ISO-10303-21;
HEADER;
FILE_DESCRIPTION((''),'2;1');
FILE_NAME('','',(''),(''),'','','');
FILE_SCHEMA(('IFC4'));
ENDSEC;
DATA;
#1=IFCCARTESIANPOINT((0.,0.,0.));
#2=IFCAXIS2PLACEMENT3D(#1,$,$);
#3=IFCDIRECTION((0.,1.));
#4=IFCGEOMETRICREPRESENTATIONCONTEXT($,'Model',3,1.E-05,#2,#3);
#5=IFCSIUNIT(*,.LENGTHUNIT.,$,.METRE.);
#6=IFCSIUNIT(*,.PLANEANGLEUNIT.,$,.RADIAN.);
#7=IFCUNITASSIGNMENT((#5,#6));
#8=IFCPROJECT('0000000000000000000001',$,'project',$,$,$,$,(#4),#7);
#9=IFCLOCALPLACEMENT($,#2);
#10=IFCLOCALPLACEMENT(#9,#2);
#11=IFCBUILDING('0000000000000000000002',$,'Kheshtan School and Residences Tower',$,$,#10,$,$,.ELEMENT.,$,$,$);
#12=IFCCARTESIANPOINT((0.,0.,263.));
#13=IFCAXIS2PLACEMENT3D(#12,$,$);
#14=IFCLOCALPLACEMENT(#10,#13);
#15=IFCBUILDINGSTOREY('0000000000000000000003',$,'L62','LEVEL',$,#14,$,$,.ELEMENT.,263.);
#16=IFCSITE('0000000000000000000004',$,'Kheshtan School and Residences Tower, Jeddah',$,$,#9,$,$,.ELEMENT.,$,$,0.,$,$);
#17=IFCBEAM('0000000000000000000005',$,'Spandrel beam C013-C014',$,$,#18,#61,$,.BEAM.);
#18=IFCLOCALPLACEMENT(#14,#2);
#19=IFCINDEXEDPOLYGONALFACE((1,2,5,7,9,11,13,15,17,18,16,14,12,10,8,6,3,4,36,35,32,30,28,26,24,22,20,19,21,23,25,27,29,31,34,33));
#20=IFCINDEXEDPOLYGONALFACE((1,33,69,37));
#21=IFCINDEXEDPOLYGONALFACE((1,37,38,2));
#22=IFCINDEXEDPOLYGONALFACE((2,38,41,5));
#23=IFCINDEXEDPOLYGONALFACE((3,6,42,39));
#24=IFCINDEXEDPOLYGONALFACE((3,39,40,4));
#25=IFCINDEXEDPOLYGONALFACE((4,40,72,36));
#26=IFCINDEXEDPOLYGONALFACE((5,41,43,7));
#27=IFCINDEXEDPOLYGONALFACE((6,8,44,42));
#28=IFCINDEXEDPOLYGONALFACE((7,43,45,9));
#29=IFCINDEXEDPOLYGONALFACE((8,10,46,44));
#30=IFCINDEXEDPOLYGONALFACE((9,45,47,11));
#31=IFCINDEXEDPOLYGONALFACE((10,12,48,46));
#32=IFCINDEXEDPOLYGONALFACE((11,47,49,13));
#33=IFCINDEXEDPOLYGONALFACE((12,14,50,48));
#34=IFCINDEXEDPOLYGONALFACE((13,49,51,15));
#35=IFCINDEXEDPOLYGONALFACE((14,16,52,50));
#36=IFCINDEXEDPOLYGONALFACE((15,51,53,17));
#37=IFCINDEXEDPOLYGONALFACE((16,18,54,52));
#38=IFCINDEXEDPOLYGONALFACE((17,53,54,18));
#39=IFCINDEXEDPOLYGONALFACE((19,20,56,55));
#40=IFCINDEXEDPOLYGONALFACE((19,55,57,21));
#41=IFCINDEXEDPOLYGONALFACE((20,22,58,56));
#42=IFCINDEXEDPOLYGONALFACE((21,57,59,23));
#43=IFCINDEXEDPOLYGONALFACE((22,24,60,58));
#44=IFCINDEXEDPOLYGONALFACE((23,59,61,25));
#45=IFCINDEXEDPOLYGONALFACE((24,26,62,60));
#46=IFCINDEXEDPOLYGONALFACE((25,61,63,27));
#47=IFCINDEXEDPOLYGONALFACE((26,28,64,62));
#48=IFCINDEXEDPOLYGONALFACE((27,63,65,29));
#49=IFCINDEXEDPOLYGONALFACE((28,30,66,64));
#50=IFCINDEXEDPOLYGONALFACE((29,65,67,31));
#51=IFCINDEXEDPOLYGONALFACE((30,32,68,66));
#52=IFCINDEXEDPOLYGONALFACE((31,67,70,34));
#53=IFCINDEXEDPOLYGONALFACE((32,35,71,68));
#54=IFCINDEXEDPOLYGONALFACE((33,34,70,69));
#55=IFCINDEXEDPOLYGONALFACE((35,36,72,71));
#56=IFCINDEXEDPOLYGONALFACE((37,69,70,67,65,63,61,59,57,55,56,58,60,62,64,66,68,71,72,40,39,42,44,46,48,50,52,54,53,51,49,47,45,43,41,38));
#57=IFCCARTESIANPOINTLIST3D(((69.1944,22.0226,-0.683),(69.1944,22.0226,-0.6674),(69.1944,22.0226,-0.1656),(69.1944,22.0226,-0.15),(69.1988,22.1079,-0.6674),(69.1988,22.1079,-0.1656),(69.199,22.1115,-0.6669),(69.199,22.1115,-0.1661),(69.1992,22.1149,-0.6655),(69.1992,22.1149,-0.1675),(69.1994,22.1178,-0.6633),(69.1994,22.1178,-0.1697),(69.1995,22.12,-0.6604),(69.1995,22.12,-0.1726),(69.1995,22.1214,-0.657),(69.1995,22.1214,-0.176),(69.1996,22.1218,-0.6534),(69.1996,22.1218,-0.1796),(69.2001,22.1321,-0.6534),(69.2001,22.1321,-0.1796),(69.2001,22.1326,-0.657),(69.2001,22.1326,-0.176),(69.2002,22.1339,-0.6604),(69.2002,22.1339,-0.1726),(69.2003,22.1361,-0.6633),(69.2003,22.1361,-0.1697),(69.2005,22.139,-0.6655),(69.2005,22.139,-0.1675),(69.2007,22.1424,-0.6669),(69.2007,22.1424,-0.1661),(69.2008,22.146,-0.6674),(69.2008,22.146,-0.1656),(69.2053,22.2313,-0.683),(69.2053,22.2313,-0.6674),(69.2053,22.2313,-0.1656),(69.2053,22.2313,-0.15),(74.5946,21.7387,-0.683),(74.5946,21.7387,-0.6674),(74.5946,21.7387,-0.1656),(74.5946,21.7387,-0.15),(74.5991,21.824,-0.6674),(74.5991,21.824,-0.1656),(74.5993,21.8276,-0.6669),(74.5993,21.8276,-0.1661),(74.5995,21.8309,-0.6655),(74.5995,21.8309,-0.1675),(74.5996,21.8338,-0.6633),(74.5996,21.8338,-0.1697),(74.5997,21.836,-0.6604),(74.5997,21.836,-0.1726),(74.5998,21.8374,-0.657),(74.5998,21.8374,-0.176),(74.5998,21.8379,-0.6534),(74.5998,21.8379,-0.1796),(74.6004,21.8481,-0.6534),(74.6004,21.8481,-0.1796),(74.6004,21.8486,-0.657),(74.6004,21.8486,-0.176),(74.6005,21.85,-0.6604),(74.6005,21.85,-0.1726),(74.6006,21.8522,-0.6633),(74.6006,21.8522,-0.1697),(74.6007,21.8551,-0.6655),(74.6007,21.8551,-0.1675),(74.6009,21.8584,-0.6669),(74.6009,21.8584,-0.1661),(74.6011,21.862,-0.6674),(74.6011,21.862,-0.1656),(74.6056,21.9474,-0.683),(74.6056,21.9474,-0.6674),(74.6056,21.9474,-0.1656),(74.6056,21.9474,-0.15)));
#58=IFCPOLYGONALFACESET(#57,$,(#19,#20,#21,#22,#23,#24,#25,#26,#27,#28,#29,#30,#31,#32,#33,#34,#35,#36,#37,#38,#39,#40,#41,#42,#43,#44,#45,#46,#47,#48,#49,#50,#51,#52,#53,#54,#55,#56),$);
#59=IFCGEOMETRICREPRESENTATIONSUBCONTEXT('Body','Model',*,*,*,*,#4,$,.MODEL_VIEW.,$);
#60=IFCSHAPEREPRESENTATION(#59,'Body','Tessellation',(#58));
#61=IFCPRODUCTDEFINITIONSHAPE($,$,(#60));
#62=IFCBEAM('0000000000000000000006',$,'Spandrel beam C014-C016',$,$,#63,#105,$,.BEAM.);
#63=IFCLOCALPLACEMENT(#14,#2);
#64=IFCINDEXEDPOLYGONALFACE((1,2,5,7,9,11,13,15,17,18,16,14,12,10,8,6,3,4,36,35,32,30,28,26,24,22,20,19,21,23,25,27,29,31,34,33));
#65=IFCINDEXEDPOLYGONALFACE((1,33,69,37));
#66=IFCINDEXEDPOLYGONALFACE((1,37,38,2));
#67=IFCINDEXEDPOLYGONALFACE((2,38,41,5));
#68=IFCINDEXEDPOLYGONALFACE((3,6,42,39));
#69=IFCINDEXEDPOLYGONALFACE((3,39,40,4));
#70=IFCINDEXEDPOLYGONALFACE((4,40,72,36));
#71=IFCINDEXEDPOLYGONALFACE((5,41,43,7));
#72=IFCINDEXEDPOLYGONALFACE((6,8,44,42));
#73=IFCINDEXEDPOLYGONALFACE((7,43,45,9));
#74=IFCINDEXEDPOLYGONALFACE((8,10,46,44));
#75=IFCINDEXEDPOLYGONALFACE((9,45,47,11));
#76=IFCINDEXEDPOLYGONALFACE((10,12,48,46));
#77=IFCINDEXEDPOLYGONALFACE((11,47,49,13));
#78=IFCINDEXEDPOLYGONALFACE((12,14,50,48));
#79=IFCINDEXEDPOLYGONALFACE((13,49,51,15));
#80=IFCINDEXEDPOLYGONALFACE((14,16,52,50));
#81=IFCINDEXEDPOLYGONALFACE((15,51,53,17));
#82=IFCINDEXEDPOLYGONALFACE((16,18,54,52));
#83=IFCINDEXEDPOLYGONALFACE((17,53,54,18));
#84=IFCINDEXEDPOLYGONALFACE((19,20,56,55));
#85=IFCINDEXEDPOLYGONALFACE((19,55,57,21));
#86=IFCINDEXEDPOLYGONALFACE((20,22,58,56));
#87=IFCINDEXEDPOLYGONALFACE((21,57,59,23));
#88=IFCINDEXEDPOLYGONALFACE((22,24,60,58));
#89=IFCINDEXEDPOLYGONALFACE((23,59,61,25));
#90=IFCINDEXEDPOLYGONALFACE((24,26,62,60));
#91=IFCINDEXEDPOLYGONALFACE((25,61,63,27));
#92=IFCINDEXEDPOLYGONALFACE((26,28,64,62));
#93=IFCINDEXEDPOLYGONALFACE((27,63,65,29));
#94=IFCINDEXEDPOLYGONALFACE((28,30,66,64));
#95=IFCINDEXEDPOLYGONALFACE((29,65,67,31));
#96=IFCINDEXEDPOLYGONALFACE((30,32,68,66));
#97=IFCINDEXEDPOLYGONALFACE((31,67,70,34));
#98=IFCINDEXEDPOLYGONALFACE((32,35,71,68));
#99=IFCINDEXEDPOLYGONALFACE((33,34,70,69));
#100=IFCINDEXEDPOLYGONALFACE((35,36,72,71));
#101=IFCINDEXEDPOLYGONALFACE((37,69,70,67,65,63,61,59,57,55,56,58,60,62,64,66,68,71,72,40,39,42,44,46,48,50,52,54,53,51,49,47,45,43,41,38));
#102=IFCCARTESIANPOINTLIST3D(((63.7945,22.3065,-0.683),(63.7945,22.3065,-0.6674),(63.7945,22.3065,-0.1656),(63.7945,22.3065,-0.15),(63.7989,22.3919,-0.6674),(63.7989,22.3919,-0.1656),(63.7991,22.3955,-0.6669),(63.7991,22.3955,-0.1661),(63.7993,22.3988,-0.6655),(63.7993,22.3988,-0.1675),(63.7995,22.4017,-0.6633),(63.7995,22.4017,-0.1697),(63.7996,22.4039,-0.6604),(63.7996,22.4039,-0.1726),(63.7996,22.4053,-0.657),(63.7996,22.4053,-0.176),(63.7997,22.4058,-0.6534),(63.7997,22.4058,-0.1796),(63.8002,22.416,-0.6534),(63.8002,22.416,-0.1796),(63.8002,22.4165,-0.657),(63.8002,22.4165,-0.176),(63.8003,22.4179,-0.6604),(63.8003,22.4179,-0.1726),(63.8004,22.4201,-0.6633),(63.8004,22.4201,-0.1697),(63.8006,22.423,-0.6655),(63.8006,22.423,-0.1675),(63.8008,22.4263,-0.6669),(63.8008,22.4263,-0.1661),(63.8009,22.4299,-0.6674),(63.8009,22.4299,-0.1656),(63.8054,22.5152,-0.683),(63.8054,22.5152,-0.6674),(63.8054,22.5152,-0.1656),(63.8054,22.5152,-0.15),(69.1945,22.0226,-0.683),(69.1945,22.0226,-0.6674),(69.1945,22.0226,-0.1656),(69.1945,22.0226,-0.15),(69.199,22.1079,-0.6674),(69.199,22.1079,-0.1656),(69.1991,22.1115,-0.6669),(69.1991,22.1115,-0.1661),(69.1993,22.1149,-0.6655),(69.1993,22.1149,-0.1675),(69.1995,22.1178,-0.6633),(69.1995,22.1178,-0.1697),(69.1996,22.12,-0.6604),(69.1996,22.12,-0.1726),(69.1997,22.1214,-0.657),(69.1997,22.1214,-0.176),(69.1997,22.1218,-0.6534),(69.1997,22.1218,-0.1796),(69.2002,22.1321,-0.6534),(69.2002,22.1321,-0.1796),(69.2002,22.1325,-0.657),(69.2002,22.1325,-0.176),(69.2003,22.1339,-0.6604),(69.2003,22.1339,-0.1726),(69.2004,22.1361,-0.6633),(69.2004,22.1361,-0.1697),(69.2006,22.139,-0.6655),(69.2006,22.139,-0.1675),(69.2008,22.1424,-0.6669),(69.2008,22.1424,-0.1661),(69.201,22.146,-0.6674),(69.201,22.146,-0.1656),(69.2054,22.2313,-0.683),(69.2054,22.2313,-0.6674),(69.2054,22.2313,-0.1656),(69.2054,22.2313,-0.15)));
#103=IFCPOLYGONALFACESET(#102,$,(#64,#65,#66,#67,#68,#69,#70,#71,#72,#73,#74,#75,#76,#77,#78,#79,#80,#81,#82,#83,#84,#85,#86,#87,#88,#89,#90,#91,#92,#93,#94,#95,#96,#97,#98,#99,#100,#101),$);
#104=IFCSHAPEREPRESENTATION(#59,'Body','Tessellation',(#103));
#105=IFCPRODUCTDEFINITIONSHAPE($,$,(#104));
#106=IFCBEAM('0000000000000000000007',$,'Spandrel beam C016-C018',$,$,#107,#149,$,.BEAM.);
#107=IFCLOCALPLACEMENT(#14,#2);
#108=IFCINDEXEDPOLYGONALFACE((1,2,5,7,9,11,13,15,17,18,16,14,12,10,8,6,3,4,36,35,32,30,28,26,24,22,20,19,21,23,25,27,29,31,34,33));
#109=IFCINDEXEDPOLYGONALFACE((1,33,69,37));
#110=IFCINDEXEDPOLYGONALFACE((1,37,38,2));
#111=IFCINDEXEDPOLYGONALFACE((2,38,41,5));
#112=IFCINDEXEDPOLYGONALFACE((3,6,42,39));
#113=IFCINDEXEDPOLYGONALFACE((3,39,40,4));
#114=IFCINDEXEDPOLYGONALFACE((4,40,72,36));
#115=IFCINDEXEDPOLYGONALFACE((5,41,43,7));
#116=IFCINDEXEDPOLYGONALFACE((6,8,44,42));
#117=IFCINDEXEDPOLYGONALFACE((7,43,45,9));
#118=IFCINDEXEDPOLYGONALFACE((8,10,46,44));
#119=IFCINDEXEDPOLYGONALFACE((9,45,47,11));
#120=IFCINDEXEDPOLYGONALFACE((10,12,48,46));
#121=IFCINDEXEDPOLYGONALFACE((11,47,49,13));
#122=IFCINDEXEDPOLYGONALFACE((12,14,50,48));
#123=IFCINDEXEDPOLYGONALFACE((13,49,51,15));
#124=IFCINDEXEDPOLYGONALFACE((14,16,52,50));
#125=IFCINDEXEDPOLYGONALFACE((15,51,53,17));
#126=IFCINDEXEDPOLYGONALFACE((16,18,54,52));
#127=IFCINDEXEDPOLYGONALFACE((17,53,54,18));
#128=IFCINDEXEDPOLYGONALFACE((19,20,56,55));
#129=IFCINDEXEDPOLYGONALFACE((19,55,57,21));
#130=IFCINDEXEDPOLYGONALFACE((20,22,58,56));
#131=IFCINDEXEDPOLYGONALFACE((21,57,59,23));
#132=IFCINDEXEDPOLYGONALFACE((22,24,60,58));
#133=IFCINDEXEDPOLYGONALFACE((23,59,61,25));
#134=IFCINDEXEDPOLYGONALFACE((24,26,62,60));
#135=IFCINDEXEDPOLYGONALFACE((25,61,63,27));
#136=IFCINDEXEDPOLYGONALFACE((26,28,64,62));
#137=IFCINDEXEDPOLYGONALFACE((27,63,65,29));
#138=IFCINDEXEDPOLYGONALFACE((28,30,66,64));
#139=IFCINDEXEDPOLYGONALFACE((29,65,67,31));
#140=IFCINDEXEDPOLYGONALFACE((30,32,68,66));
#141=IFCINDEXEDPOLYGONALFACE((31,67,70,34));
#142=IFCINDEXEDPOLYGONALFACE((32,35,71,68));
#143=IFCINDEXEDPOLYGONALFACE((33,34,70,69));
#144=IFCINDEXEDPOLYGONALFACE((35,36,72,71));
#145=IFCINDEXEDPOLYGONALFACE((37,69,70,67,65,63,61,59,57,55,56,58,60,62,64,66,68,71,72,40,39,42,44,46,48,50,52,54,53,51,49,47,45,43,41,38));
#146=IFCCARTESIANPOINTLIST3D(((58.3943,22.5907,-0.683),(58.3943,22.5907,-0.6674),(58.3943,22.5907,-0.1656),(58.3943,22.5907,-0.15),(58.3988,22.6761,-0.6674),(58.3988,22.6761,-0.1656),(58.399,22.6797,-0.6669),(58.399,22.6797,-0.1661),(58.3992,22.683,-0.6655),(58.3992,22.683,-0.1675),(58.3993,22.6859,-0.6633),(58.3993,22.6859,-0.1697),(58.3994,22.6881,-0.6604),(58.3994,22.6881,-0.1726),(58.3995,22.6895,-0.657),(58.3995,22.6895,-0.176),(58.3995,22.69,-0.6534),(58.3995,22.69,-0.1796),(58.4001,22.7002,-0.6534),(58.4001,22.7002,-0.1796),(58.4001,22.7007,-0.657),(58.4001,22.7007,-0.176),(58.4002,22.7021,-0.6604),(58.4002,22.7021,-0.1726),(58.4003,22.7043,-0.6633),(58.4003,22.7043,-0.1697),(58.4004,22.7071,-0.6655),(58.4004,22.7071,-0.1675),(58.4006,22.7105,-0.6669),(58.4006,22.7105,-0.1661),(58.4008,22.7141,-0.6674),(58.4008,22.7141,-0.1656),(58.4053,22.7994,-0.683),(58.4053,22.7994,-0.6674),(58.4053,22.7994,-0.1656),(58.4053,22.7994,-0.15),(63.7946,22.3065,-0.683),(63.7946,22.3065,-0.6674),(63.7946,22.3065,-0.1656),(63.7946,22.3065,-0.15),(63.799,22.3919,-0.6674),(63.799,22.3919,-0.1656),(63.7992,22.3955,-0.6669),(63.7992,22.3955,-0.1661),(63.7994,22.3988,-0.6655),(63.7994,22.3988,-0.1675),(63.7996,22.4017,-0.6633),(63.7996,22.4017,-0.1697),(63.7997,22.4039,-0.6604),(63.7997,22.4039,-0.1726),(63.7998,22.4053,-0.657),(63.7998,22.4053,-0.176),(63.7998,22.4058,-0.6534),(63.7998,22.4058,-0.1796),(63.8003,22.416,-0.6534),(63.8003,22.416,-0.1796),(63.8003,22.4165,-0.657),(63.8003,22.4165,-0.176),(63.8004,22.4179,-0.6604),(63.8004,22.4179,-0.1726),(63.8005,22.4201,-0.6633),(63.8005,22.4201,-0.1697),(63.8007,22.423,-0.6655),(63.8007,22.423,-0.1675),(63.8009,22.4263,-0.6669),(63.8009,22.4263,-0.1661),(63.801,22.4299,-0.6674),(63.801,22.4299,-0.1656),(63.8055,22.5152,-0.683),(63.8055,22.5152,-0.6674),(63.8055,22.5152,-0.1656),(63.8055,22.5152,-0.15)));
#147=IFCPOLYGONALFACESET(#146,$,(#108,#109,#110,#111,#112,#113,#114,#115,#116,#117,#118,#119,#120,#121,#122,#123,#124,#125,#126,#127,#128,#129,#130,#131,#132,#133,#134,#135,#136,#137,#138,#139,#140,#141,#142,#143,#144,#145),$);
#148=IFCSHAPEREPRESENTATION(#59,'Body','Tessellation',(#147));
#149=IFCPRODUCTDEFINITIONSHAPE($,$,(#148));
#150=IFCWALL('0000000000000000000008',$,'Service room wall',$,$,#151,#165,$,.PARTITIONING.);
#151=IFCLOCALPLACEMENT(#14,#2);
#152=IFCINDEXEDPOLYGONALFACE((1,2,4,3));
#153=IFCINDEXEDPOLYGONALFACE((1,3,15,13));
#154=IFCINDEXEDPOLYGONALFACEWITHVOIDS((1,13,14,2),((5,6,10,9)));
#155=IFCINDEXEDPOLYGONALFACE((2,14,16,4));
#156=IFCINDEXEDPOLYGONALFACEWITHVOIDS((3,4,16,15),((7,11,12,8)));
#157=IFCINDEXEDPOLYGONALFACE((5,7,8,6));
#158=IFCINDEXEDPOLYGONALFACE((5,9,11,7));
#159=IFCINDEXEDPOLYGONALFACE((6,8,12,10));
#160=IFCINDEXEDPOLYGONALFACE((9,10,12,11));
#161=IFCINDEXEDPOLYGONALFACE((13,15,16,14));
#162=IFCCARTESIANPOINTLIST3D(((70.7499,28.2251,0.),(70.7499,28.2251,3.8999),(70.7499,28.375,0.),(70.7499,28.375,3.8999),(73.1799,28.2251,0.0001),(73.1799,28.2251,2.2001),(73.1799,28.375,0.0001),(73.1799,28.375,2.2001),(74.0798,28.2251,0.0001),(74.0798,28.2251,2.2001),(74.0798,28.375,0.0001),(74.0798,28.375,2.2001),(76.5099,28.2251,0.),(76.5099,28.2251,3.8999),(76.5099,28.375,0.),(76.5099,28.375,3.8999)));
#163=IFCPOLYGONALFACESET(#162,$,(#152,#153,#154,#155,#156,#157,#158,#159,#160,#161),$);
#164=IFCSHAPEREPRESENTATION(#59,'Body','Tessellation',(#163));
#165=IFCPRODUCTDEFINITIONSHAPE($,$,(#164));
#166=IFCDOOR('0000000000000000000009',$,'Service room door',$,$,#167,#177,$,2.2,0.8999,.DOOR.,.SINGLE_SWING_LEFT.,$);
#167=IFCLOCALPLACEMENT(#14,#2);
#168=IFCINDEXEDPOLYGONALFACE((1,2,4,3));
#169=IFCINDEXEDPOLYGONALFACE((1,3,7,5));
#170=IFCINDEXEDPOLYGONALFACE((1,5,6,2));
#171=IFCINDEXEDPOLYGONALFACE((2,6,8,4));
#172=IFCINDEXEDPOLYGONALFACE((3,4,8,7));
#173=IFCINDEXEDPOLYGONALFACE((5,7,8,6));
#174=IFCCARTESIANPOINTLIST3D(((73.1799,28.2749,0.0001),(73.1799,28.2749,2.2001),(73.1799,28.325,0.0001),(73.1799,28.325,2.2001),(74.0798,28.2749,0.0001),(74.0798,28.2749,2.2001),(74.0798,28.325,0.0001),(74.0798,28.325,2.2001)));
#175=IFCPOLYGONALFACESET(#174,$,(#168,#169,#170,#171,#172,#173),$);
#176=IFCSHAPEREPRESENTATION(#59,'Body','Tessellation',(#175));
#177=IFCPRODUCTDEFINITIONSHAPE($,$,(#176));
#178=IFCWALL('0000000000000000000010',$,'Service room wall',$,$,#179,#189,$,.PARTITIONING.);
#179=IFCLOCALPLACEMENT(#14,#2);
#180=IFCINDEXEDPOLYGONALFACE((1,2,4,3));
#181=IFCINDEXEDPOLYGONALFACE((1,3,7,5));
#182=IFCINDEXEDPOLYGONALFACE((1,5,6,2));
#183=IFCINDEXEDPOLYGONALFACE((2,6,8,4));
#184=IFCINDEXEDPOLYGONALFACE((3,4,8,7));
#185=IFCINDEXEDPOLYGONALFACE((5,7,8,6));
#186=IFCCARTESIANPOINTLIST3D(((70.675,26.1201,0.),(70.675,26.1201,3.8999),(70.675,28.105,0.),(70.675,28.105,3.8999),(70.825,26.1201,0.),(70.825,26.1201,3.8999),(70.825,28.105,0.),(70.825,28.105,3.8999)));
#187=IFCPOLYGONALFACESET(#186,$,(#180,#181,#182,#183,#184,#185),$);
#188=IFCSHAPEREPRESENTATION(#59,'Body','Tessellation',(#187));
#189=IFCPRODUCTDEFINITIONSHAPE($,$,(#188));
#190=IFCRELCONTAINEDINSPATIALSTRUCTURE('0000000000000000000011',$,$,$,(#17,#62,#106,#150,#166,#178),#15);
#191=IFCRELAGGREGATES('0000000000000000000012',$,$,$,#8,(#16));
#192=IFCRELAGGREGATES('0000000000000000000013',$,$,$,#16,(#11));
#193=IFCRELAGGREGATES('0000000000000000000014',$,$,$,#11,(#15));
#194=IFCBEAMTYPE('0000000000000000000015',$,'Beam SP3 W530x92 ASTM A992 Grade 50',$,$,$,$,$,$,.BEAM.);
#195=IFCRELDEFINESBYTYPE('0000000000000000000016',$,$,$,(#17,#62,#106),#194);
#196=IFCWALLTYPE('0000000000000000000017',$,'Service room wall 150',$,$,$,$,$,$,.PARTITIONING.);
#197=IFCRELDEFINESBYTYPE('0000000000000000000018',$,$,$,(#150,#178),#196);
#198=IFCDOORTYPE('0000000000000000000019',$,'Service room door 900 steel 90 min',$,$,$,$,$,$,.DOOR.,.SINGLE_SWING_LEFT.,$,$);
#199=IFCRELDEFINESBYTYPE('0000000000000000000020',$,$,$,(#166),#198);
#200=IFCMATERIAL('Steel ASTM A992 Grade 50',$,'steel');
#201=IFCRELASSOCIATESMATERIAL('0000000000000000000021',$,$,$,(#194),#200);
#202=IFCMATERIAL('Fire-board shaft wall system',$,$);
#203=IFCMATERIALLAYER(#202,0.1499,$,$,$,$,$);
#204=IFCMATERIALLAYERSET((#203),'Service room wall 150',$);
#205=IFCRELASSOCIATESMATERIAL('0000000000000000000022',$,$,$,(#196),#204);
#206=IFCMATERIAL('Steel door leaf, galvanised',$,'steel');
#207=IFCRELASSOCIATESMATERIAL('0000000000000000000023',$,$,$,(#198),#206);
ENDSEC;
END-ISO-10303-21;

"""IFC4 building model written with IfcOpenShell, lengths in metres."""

from ifc_helpers import new_model, si_unit, direction, frame, frame_2d, origin, origin_2d, place, context, subcontext, project, spatial, rectangle, i_section, extrude, source, transform, mapped, material, layer, layer_set, material_profile, profile_set, type_object, element, fill, save


model = new_model("IFC4")

# Units and contexts
model_context = context("Model", 3, precision=1e-05, world=origin(), true_north=direction((0.0, 1.0)))
body_context = subcontext(model_context, "Body", "Model", "MODEL_VIEW")
ifc_project = project(units=[si_unit("LENGTHUNIT", "METRE"), si_unit("PLANEANGLEUNIT", "RADIAN")], contexts=[model_context])

# Site, building, storey
site_placement = place(None, origin())
site = spatial("IfcSite", under=ifc_project, at=site_placement, Name="Kheshtan School and Residences Tower, Jeddah", CompositionType="ELEMENT", RefElevation=0.0)
building_placement = place(site_placement, origin())
building = spatial("IfcBuilding", under=site, at=building_placement, Name="Kheshtan School and Residences Tower", CompositionType="ELEMENT")
storey_placement = place(building_placement, frame((0.0, 0.0, 263.0)))
storey = spatial("IfcBuildingStorey", under=building, at=storey_placement, Name="L62", Description="LEVEL", CompositionType="ELEMENT", Elevation=263.0)

# Shared definitions
ifc_material_1 = material(Name="Steel ASTM A992 Grade 50", Category="steel")

# Beams
ifc_material_profile_1 = material_profile(ifc_material_1, i_section(OverallWidth=0.209, OverallDepth=0.533, WebThickness=0.0103, FlangeThickness=0.0156, FilletRadius=0.0139, at=origin_2d()), Name="W530x92")
ifc_profile_set_1 = profile_set([ifc_material_profile_1], Name="Steel ASTM A992 Grade 50")
beam_type_1 = type_object("IfcBeamType", Name="Beam SP3 W530x92 ASTM A992 Grade 50", PredefinedType="BEAM", material=ifc_profile_set_1)
beam_1_placement = place(storey_placement, frame((74.6001, 21.843, -0.4165), z_axis=(-0.998621, 0.052507, 0.0), x_axis=(-0.052507, -0.998621, 0.0)))
element("IfcBeam", 1, at=beam_1_placement, inside=storey, type_object=beam_type_1, Name="Spandrel beam C013-C014", PredefinedType="BEAM", context=body_context, shape_type="SweptSolid", body=[
    extrude(i_section(OverallWidth=0.209, OverallDepth=0.533, WebThickness=0.0103, FlangeThickness=0.0156, FilletRadius=0.0139, at=origin_2d()), origin(), (0.0, 0.0, 1.0), 5.4077),
])
beam_2_placement = place(storey_placement, frame((69.2, 22.127, -0.4165), z_axis=(-0.99862, 0.052509, 0.0), x_axis=(-0.052509, -0.99862, 0.0)))
element("IfcBeam", 2, at=beam_2_placement, inside=storey, type_object=beam_type_1, Name="Spandrel beam C014-C016", PredefinedType="BEAM", context=body_context, shape_type="SweptSolid", body=[
    extrude(i_section(OverallWidth=0.209, OverallDepth=0.533, WebThickness=0.0103, FlangeThickness=0.0156, FilletRadius=0.0139, at=origin_2d()), origin(), (0.0, 0.0, 1.0), 5.4075),
])
beam_3_placement = place(storey_placement, frame((63.8, 22.4109, -0.4165), z_axis=(-0.998618, 0.052552, 0.0), x_axis=(-0.052552, -0.998618, 0.0)))
element("IfcBeam", 3, at=beam_3_placement, inside=storey, type_object=beam_type_1, Name="Spandrel beam C016-C018", PredefinedType="BEAM", context=body_context, shape_type="SweptSolid", body=[
    extrude(i_section(OverallWidth=0.209, OverallDepth=0.533, WebThickness=0.0103, FlangeThickness=0.0156, FilletRadius=0.0139, at=origin_2d()), origin(), (0.0, 0.0, 1.0), 5.4077),
])

# Wall, opening, door
ifc_material_2 = material(Name="Fire-board shaft wall system")
ifc_layer_1 = layer(ifc_material_2, 0.1499)
ifc_layer_set_1 = layer_set([ifc_layer_1], Name="Service room wall 150")
wall_type_1 = type_object("IfcWallType", Name="Service room wall 150", PredefinedType="PARTITIONING", material=ifc_layer_set_1)
wall_1_placement = place(storey_placement, frame((70.75, 28.3, 0.0), z_axis=(0.0, 0.0, 1.0), x_axis=(1.0, 0.0, 0.0)))
wall_1 = element("IfcWall", 4, at=wall_1_placement, inside=storey, type_object=wall_type_1, Name="Service room wall", PredefinedType="PARTITIONING", context=body_context, shape_type="SweptSolid", body=[
    extrude(rectangle(XDim=5.76, YDim=0.1499, at=frame_2d((2.8799, 0.0))), origin(), (0.0, 0.0, 1.0), 3.8999),
])
opening_1_placement = place(wall_1_placement, frame((2.4299, 0.0, 0.0)))
opening_1 = element("IfcOpeningElement", 5, at=opening_1_placement, cuts=wall_1, PredefinedType="OPENING", context=body_context, shape_type="SweptSolid", body=[
    extrude(rectangle(XDim=0.8999, YDim=2.2, at=frame_2d((0.45, 1.1001))), frame((0.0, 0.085, 0.0), z_axis=(0.0, -1.0, 0.0), x_axis=(1.0, 0.0, 0.0)), (0.0, 0.0, 1.0), 0.1699),
])
ifc_material_3 = material(Name="Steel door leaf, galvanised", Category="steel")
door_type_1 = type_object("IfcDoorType", Name="Service room door 900 steel 90 min", OperationType="SINGLE_SWING_LEFT", PredefinedType="DOOR", material=ifc_material_3)
shared_shape_1 = source(origin(), body_context, "Body", "SweptSolid", [
    extrude(rectangle(XDim=0.8999, YDim=2.2, at=frame_2d((0.45, 1.1001))), frame((0.0, 0.0249, 0.0), z_axis=(0.0, -1.0, 0.0), x_axis=(1.0, 0.0, 0.0)), (0.0, 0.0, 1.0), 0.05),
])
door_1_placement = place(opening_1_placement, origin())
door_1 = element("IfcDoor", 6, at=door_1_placement, inside=storey, type_object=door_type_1, Name="Service room door", OperationType="SINGLE_SWING_LEFT", OverallHeight=2.2, OverallWidth=0.8999, PredefinedType="DOOR", context=body_context, shape_type="MappedRepresentation", body=[
    mapped(shared_shape_1, transform((0.0, 0.0, 0.0), x_axis=(1.0, 0.0, 0.0), y_axis=(0.0, 1.0, 0.0), z_axis=(0.0, 0.0, 1.0), scale=1.0)),
])
fill(opening_1, door_1)

# Wall
wall_2_placement = place(storey_placement, frame((70.75, 26.1201, 0.0), z_axis=(0.0, 0.0, 1.0), x_axis=(0.0, 1.0, 0.0)))
element("IfcWall", 7, at=wall_2_placement, inside=storey, type_object=wall_type_1, Name="Service room wall", PredefinedType="PARTITIONING", context=body_context, shape_type="SweptSolid", body=[
    extrude(rectangle(XDim=1.9849, YDim=0.1499, at=frame_2d((0.9924, 0.0))), origin(), (0.0, 0.0, 1.0), 3.8999),
])

save(model, "model.ifc")
